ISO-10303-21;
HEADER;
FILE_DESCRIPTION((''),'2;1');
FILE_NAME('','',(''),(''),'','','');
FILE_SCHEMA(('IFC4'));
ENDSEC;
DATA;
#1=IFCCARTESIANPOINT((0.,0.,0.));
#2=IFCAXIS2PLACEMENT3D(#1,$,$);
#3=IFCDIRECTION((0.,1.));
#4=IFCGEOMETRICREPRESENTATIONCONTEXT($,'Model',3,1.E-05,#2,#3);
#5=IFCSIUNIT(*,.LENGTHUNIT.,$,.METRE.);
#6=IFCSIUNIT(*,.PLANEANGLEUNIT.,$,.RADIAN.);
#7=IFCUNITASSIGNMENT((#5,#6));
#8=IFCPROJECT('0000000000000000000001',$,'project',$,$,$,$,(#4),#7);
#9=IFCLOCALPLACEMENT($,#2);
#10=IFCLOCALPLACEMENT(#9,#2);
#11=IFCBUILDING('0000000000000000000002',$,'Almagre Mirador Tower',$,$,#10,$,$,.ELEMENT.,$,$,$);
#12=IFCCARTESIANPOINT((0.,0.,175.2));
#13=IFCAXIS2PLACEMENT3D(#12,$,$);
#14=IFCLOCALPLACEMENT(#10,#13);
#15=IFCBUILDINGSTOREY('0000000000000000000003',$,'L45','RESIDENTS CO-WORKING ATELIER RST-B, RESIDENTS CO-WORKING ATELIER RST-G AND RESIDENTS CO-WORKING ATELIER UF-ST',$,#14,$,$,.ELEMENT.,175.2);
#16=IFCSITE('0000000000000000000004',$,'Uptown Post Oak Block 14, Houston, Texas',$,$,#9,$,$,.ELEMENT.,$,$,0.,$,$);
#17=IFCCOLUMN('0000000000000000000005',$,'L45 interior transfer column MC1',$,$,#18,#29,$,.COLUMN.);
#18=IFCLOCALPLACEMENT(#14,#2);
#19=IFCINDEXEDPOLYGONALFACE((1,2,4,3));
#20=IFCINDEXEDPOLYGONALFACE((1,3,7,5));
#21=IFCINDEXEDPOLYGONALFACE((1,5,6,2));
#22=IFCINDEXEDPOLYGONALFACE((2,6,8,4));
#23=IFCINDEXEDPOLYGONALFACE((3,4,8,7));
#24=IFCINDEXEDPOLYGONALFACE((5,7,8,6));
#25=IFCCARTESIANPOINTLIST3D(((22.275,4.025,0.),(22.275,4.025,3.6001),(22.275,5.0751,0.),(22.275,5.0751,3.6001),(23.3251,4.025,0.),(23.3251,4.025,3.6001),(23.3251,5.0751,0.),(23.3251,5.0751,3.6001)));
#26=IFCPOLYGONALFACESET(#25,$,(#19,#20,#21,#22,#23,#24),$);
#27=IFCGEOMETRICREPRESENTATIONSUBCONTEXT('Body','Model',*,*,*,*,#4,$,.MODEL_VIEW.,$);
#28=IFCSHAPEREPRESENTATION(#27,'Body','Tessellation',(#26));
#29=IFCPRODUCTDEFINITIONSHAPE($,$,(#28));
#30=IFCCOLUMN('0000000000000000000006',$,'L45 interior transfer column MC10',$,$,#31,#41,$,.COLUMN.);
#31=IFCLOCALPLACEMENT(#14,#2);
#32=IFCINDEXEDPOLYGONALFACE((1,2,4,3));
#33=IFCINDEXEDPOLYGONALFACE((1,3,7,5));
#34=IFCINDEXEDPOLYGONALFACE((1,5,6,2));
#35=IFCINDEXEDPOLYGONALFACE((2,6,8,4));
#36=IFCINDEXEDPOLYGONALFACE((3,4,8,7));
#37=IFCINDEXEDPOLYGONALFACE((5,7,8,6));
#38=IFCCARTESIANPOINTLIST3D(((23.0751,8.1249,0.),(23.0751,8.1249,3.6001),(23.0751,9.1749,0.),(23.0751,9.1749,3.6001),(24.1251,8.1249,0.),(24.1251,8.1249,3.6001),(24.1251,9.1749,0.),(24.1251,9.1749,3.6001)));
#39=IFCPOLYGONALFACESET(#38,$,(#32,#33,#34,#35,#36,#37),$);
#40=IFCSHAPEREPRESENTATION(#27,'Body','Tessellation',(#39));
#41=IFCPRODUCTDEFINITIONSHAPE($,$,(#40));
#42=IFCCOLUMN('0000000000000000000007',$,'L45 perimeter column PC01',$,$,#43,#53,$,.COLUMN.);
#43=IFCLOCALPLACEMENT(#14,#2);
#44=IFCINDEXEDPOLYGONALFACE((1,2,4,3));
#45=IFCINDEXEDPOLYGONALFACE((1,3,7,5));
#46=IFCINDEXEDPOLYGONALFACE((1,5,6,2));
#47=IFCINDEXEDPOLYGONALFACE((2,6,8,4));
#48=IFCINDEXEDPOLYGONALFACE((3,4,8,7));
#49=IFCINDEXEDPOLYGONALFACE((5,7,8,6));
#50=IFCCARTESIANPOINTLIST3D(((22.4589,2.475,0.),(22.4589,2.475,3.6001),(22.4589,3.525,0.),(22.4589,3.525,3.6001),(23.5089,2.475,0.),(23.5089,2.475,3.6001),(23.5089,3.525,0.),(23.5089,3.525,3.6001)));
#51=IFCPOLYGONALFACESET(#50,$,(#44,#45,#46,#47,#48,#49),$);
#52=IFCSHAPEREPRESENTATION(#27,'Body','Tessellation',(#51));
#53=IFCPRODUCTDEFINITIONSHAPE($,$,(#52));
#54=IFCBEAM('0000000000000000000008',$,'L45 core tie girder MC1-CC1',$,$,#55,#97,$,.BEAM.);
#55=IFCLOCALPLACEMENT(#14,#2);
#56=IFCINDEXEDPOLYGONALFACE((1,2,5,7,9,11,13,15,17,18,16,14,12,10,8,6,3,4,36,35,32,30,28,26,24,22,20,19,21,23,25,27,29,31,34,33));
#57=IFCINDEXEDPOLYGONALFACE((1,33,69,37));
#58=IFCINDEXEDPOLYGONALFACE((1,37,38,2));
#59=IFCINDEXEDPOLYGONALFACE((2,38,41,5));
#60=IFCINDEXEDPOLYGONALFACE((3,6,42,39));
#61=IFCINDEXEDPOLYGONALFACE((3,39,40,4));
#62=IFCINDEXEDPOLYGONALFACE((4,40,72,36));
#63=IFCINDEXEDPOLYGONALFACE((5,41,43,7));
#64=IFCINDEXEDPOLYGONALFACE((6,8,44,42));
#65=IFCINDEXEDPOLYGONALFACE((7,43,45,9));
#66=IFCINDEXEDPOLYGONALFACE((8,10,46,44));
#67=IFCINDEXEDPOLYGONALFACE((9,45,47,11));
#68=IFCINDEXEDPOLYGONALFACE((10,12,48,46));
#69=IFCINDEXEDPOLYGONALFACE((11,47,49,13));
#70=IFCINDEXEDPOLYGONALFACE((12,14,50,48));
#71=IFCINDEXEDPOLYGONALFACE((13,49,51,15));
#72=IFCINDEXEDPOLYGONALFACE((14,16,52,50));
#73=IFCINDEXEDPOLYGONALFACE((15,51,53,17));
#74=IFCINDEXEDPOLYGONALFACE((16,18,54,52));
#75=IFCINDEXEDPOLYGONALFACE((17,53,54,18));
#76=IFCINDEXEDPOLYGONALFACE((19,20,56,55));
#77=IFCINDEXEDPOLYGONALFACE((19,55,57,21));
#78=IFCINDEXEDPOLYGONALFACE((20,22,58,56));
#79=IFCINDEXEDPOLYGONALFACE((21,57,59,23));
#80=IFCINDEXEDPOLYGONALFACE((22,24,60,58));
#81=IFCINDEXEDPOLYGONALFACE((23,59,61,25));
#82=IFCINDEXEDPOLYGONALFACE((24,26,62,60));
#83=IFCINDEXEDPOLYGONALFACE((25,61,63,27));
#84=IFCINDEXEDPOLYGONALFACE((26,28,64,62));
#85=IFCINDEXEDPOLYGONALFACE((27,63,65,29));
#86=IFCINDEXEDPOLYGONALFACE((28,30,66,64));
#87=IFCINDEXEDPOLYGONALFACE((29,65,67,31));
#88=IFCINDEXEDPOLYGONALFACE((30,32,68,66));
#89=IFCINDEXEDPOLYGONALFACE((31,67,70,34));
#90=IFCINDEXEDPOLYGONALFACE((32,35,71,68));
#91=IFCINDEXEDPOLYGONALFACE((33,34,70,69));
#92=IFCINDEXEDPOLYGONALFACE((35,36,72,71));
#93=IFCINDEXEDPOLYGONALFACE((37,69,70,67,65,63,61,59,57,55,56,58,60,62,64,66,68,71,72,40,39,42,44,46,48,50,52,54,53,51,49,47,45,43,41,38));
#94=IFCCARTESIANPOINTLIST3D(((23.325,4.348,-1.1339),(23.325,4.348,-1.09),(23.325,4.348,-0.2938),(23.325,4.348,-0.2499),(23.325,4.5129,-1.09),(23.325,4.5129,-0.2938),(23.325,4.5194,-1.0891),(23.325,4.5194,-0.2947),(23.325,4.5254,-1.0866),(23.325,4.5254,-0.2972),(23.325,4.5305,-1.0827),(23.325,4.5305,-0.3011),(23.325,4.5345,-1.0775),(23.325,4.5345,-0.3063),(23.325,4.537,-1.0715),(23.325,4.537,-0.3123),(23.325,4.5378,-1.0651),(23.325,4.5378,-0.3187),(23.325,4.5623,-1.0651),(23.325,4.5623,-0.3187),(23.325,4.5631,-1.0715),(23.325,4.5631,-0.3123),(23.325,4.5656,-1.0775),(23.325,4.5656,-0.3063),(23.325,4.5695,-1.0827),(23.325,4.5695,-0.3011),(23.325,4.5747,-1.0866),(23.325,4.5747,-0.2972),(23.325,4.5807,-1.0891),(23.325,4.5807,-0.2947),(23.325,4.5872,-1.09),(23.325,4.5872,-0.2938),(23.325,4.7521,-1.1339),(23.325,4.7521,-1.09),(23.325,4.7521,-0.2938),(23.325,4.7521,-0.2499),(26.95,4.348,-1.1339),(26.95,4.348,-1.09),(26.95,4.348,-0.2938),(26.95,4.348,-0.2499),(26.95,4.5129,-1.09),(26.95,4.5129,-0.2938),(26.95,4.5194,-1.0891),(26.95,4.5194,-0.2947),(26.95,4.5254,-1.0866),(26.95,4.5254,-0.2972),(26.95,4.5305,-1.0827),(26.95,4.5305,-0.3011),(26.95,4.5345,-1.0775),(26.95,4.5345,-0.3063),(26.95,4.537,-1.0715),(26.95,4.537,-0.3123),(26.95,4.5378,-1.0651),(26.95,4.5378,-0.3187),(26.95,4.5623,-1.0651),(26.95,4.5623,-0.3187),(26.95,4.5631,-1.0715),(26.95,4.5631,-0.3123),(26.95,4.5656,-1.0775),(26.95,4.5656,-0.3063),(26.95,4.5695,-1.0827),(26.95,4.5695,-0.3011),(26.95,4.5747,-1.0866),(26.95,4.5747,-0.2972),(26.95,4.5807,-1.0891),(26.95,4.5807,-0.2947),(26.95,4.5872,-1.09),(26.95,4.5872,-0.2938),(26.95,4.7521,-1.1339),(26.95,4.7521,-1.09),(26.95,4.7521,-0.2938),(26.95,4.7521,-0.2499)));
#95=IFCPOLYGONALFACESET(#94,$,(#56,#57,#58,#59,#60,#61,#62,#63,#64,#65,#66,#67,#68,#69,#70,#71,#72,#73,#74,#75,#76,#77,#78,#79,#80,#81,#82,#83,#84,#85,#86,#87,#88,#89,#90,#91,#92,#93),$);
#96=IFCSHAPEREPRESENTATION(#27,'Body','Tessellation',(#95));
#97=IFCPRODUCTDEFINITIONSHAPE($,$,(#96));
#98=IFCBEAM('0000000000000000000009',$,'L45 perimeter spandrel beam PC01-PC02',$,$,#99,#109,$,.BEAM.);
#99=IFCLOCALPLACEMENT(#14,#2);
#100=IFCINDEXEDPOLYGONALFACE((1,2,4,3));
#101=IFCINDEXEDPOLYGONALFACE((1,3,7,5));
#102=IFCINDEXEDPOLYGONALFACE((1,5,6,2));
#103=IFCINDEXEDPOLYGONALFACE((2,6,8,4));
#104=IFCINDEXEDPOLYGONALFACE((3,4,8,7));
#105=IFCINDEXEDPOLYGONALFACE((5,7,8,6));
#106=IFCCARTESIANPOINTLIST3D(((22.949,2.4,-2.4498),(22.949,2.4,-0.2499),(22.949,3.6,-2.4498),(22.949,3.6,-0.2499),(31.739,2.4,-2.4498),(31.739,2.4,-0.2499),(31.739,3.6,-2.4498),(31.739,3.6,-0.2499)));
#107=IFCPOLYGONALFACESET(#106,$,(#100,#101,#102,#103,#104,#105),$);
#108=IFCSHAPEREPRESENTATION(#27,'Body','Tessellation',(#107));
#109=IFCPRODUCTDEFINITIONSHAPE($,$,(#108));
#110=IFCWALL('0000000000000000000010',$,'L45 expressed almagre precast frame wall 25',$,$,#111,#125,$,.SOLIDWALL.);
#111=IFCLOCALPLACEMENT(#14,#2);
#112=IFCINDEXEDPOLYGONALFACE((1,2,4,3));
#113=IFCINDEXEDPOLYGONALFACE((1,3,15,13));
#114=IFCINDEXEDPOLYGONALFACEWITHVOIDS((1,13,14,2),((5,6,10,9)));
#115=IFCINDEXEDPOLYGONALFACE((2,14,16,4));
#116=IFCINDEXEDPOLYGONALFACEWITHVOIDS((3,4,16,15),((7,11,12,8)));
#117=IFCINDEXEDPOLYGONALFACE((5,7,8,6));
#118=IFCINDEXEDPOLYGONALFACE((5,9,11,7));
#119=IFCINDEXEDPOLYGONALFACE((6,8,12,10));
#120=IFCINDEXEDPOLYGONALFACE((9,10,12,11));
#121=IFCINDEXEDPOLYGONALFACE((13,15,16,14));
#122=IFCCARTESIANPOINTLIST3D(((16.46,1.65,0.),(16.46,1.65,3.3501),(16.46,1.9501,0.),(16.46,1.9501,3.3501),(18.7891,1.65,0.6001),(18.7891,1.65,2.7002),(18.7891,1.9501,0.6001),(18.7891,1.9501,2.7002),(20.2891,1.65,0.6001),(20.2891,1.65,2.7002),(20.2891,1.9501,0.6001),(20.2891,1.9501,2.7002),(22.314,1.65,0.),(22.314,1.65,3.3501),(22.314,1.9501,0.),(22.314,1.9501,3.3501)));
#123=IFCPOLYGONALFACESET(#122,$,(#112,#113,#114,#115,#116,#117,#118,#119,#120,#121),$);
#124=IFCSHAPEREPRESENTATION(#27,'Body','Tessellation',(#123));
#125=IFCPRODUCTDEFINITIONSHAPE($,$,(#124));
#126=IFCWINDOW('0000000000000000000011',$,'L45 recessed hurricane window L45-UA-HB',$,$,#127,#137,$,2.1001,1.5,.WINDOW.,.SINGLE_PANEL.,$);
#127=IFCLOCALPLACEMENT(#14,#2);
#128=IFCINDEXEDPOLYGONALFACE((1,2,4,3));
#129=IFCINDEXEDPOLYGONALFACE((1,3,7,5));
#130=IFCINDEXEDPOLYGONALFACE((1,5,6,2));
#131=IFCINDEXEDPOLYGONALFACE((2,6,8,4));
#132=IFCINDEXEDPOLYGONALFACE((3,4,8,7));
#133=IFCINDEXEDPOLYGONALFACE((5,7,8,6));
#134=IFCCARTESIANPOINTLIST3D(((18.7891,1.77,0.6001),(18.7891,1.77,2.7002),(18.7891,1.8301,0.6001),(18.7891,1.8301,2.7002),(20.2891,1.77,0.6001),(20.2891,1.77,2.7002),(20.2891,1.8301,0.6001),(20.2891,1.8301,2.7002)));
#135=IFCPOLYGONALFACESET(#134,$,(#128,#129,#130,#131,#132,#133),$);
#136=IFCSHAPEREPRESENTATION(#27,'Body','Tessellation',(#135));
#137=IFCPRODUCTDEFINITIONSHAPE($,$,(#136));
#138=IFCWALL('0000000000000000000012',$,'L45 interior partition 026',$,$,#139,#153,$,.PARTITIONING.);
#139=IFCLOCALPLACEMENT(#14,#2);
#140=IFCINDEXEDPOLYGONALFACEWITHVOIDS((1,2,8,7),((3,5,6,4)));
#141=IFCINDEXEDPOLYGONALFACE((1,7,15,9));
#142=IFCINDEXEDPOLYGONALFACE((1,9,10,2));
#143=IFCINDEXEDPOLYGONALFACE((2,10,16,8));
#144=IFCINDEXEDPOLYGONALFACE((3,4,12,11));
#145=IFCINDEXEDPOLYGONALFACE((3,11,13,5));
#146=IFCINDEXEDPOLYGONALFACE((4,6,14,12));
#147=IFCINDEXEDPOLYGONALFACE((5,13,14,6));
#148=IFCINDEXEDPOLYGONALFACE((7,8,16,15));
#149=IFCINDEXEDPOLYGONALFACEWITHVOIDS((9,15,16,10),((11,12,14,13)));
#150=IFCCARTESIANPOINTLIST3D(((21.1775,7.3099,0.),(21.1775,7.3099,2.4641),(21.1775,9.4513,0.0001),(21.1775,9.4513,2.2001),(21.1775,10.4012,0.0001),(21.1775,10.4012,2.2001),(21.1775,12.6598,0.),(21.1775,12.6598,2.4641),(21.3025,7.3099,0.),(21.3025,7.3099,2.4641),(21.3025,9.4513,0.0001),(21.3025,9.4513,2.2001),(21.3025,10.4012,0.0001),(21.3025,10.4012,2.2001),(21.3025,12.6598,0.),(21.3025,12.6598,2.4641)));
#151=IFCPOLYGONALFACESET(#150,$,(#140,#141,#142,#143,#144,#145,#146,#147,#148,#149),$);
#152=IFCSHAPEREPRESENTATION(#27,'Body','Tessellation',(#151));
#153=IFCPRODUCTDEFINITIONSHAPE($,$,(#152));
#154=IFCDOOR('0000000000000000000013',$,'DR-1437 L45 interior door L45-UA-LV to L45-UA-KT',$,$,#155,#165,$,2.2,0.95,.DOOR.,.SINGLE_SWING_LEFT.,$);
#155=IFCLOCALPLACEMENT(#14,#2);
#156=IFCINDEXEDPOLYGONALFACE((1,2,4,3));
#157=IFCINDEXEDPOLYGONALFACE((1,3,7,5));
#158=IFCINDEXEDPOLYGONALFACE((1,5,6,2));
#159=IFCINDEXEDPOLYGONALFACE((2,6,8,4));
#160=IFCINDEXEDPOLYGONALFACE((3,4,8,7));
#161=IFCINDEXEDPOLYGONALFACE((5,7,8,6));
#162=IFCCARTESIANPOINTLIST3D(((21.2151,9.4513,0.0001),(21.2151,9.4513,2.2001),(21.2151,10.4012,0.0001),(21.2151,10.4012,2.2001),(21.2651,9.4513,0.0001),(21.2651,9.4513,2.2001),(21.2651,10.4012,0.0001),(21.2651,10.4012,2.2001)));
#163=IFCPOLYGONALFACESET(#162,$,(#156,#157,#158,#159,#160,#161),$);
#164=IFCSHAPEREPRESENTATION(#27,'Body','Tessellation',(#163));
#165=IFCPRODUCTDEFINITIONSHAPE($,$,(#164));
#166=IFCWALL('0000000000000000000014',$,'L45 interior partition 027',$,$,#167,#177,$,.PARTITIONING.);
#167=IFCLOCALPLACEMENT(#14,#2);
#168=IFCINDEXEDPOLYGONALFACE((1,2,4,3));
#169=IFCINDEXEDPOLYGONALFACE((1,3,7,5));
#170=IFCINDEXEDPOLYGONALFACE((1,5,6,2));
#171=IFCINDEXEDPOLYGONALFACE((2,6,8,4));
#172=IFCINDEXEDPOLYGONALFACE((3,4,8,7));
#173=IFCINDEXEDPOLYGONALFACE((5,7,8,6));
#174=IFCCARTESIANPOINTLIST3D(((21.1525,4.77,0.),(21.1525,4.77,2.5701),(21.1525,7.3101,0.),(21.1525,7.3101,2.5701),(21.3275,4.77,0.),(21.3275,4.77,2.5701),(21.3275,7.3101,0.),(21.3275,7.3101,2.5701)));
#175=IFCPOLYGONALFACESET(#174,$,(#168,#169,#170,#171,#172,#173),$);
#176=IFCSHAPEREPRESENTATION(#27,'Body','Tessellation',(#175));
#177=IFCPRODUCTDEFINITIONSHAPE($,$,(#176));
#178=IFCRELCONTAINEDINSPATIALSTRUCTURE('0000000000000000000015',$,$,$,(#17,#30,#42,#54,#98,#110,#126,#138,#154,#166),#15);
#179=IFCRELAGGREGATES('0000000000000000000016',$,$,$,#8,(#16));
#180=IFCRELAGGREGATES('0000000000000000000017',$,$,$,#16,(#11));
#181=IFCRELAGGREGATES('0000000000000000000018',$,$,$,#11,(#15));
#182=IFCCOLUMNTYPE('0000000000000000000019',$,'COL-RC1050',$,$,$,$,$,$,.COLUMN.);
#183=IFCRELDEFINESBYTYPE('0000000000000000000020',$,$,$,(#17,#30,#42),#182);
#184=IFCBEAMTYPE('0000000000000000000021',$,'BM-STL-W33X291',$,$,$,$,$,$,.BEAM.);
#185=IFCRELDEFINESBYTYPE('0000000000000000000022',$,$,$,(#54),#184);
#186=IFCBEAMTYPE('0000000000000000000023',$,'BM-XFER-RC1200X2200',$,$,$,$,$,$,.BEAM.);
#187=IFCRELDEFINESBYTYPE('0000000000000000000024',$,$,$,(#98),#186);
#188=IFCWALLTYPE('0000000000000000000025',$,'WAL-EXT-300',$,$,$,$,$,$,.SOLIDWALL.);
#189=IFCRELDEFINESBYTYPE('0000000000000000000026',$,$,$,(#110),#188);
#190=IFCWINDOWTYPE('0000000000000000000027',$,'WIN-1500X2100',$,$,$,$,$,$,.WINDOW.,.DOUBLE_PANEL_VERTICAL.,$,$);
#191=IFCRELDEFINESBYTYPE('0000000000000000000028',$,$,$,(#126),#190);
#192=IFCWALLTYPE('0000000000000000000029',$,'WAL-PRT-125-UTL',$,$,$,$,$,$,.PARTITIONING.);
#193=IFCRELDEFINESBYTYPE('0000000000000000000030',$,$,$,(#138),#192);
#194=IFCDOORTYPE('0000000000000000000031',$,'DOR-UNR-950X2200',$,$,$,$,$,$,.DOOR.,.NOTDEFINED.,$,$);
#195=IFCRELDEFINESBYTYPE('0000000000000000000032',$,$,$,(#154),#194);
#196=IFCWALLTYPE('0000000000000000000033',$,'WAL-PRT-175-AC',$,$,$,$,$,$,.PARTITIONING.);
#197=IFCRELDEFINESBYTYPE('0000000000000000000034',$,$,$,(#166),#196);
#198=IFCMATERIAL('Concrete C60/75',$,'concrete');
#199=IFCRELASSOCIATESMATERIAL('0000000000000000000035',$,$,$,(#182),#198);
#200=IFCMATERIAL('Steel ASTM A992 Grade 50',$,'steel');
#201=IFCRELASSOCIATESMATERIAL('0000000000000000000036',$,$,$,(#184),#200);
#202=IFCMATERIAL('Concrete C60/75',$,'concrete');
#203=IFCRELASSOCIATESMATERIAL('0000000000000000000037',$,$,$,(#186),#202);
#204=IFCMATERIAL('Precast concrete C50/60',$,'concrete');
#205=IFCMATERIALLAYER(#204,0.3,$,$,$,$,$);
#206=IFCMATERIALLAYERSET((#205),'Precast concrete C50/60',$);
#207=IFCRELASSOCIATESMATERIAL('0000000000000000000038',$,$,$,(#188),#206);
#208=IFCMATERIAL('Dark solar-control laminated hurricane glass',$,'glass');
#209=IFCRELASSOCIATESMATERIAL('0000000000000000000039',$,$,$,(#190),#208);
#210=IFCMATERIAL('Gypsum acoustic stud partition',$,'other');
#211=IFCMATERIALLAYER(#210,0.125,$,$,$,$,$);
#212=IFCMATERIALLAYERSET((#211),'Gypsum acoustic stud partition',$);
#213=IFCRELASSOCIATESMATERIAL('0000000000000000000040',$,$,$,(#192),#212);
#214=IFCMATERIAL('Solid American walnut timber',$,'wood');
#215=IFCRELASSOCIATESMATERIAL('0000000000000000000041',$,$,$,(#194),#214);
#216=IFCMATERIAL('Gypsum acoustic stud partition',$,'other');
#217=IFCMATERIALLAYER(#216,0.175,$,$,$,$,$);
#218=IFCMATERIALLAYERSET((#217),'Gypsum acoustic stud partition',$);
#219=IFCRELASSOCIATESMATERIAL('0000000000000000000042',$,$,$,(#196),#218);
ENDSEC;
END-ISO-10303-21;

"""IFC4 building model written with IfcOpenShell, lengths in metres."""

from ifc_helpers import new_model, si_unit, direction, frame, frame_2d, origin, origin_2d, place, context, subcontext, project, spatial, rectangle, i_section, extrude, material, layer, layer_set, material_profile, profile_set, type_object, element, fill, save


model = new_model("IFC4")

# Units and contexts
model_context = context("Model", 3, precision=1e-05, world=origin(), true_north=direction((0.0, 1.0)))
body_context = subcontext(model_context, "Body", "Model", "MODEL_VIEW")
ifc_project = project(units=[si_unit("LENGTHUNIT", "METRE"), si_unit("PLANEANGLEUNIT", "RADIAN")], contexts=[model_context])

# Site, building, storey
site_placement = place(None, origin())
site = spatial("IfcSite", under=ifc_project, at=site_placement, Name="Uptown Post Oak Block 14, Houston, Texas", CompositionType="ELEMENT", RefElevation=0.0)
building_placement = place(site_placement, origin())
building = spatial("IfcBuilding", under=site, at=building_placement, Name="Almagre Mirador Tower", CompositionType="ELEMENT")
storey_placement = place(building_placement, frame((0.0, 0.0, 175.2)))
storey = spatial("IfcBuildingStorey", under=building, at=storey_placement, Name="L45", Description="RESIDENTS CO-WORKING ATELIER RST-B, RESIDENTS CO-WORKING ATELIER RST-G AND RESIDENTS CO-WORKING ATELIER UF-ST", CompositionType="ELEMENT", Elevation=175.2)

# Columns
ifc_material_1 = material(Name="Concrete C60/75", Category="concrete")
ifc_material_profile_1 = material_profile(ifc_material_1, rectangle(XDim=1.05, YDim=1.05, at=origin_2d()), Name="RC1050X1050")
ifc_profile_set_1 = profile_set([ifc_material_profile_1], Name="Concrete C60/75")
column_type = type_object("IfcColumnType", Name="COL-RC1050", PredefinedType="COLUMN", material=ifc_profile_set_1)
for number, where, z_axis, x_axis, name in (
    (1, (22.8, 4.55, 0.0), (0.0, 0.0, 1.0), (1.0, 0.0, 0.0), "L45 interior transfer column MC1"),
    (2, (23.6001, 8.6499, 0.0), (0.0, 0.0, 1.0), (1.0, 0.0, 0.0), "L45 interior transfer column MC10"),
    (3, (22.9839, 3.0, 0.0), (0.0, 0.0, 1.0), (1.0, 0.0, 0.0), "L45 perimeter column PC01"),
):
    element("IfcColumn", number, at=place(storey_placement, frame(where, z_axis=z_axis, x_axis=x_axis)), inside=storey, type_object=column_type, Name=name, PredefinedType="COLUMN", context=body_context, shape_type="SweptSolid", body=[
        extrude(rectangle(XDim=1.05, YDim=1.05, at=origin_2d()), origin(), (0.0, 0.0, 1.0), 3.6001),
    ])

# Beams
ifc_material_2 = material(Name="Steel ASTM A992 Grade 50", Category="steel")
ifc_material_profile_2 = material_profile(ifc_material_2, i_section(OverallWidth=0.4041, OverallDepth=0.884, WebThickness=0.0244, FlangeThickness=0.0439, FilletRadius=0.0249, at=origin_2d()), Name="W33X291")
ifc_profile_set_2 = profile_set([ifc_material_profile_2], Name="Steel ASTM A992 Grade 50")
beam_type_1 = type_object("IfcBeamType", Name="BM-STL-W33X291", PredefinedType="BEAM", material=ifc_profile_set_2)
beam_1_placement = place(storey_placement, frame((23.325, 4.55, -0.6919), z_axis=(1.0, 0.0, 0.0), x_axis=(0.0, 1.0, 0.0)))
element("IfcBeam", 4, at=beam_1_placement, inside=storey, type_object=beam_type_1, Name="L45 core tie girder MC1-CC1", PredefinedType="BEAM", context=body_context, shape_type="SweptSolid", body=[
    extrude(i_section(OverallWidth=0.4041, OverallDepth=0.884, WebThickness=0.0244, FlangeThickness=0.0439, FilletRadius=0.0249, at=origin_2d()), origin(), (0.0, 0.0, 1.0), 3.625),
])
ifc_material_3 = material(Name="Concrete C60/75", Category="concrete")
ifc_material_profile_3 = material_profile(ifc_material_3, rectangle(XDim=1.2, YDim=2.2, at=origin_2d()), Name="RC1200X2200")
ifc_profile_set_3 = profile_set([ifc_material_profile_3], Name="Concrete C60/75")
beam_type_2 = type_object("IfcBeamType", Name="BM-XFER-RC1200X2200", PredefinedType="BEAM", material=ifc_profile_set_3)
beam_2_placement = place(storey_placement, frame((22.949, 3.0, -1.3499), z_axis=(1.0, 0.0, 0.0), x_axis=(0.0, 1.0, 0.0)))
element("IfcBeam", 5, at=beam_2_placement, inside=storey, type_object=beam_type_2, Name="L45 perimeter spandrel beam PC01-PC02", PredefinedType="BEAM", context=body_context, shape_type="SweptSolid", body=[
    extrude(rectangle(XDim=1.2, YDim=2.2, at=origin_2d()), origin(), (0.0, 0.0, 1.0), 8.79),
])

# Wall, opening, window
ifc_material_4 = material(Name="Precast concrete C50/60", Category="concrete")
ifc_layer_1 = layer(ifc_material_4, 0.3)
ifc_layer_set_1 = layer_set([ifc_layer_1], Name="Precast concrete C50/60")
wall_type_1 = type_object("IfcWallType", Name="WAL-EXT-300", PredefinedType="SOLIDWALL", material=ifc_layer_set_1)
wall_1_placement = place(storey_placement, frame((22.314, 1.8, 0.0), z_axis=(0.0, 0.0, 1.0), x_axis=(-1.0, 0.0, 0.0)))
wall_1 = element("IfcWall", 6, at=wall_1_placement, inside=storey, type_object=wall_type_1, Name="L45 expressed almagre precast frame wall 25", PredefinedType="SOLIDWALL", context=body_context, shape_type="SweptSolid", body=[
    extrude(rectangle(XDim=5.854, YDim=0.3, at=frame_2d((2.927, 0.0))), origin(), (0.0, 0.0, 1.0), 3.3501),
])
opening_1_placement = place(wall_1_placement, frame((2.0249, 0.0, 0.6001)))
opening_1 = element("IfcOpeningElement", 7, at=opening_1_placement, cuts=wall_1, PredefinedType="OPENING", context=body_context, shape_type="SweptSolid", body=[
    extrude(rectangle(XDim=1.5, YDim=2.1001, at=frame_2d((0.75, 1.05))), frame((0.0, 0.1599, 0.0), z_axis=(0.0, -1.0, 0.0), x_axis=(1.0, 0.0, 0.0)), (0.0, 0.0, 1.0), 0.32),
])
ifc_material_5 = material(Name="Dark solar-control laminated hurricane glass", Category="glass")
window_type = type_object("IfcWindowType", Name="WIN-1500X2100", PartitioningType="DOUBLE_PANEL_VERTICAL", PredefinedType="WINDOW", material=ifc_material_5)
window_placement = place(opening_1_placement, origin())
window = element("IfcWindow", 8, at=window_placement, inside=storey, type_object=window_type, Name="L45 recessed hurricane window L45-UA-HB", OverallHeight=2.1001, OverallWidth=1.5, PartitioningType="SINGLE_PANEL", PredefinedType="WINDOW", context=body_context, shape_type="SweptSolid", body=[
    extrude(rectangle(XDim=1.5, YDim=2.1001, at=frame_2d((0.75, 1.05))), frame((0.0, 0.03, 0.0), z_axis=(0.0, -1.0, 0.0), x_axis=(1.0, 0.0, 0.0)), (0.0, 0.0, 1.0), 0.0601),
])
fill(opening_1, window)

# Wall, opening, door
ifc_material_6 = material(Name="Gypsum acoustic stud partition", Category="other")
ifc_layer_2 = layer(ifc_material_6, 0.125)
ifc_layer_set_2 = layer_set([ifc_layer_2], Name="Gypsum acoustic stud partition")
wall_type_2 = type_object("IfcWallType", Name="WAL-PRT-125-UTL", PredefinedType="PARTITIONING", material=ifc_layer_set_2)
wall_2_placement = place(storey_placement, frame((21.24, 7.3101, 0.0), z_axis=(0.0, 0.0, 1.0), x_axis=(0.0, 1.0, 0.0)))
wall_2 = element("IfcWall", 9, at=wall_2_placement, inside=storey, type_object=wall_type_2, Name="L45 interior partition 026", PredefinedType="PARTITIONING", context=body_context, shape_type="SweptSolid", body=[
    extrude(rectangle(XDim=5.3499, YDim=0.125, at=frame_2d((2.6748, 0.0))), origin(), (0.0, 0.0, 1.0), 2.4641),
])
opening_2_placement = place(wall_2_placement, frame((2.1411, 0.0, 0.0)))
opening_2 = element("IfcOpeningElement", 10, at=opening_2_placement, cuts=wall_2, PredefinedType="OPENING", context=body_context, shape_type="SweptSolid", body=[
    extrude(rectangle(XDim=0.95, YDim=2.2, at=frame_2d((0.4751, 1.1001))), frame((0.0, 0.0725, 0.0), z_axis=(0.0, -1.0, 0.0), x_axis=(1.0, 0.0, 0.0)), (0.0, 0.0, 1.0), 0.145),
])
ifc_material_7 = material(Name="Solid American walnut timber", Category="wood")
door_type_1 = type_object("IfcDoorType", Name="DOR-UNR-950X2200", OperationType="NOTDEFINED", PredefinedType="DOOR", material=ifc_material_7)
door_1_placement = place(opening_2_placement, origin())
door_1 = element("IfcDoor", 11, at=door_1_placement, inside=storey, type_object=door_type_1, Name="DR-1437 L45 interior door L45-UA-LV to L45-UA-KT", OperationType="SINGLE_SWING_LEFT", OverallHeight=2.2, OverallWidth=0.95, PredefinedType="DOOR", context=body_context, shape_type="SweptSolid", body=[
    extrude(rectangle(XDim=0.95, YDim=2.2, at=frame_2d((0.4751, 1.1001))), frame((0.0, 0.0249, 0.0), z_axis=(0.0, -1.0, 0.0), x_axis=(1.0, 0.0, 0.0)), (0.0, 0.0, 1.0), 0.05),
])
fill(opening_2, door_1)

# Wall
ifc_material_8 = material(Name="Gypsum acoustic stud partition", Category="other")
ifc_layer_3 = layer(ifc_material_8, 0.175)
ifc_layer_set_3 = layer_set([ifc_layer_3], Name="Gypsum acoustic stud partition")
wall_type_3 = type_object("IfcWallType", Name="WAL-PRT-175-AC", PredefinedType="PARTITIONING", material=ifc_layer_set_3)
wall_3_placement = place(storey_placement, frame((21.24, 4.77, 0.0), z_axis=(0.0, 0.0, 1.0), x_axis=(0.0, 1.0, 0.0)))
element("IfcWall", 12, at=wall_3_placement, inside=storey, type_object=wall_type_3, Name="L45 interior partition 027", PredefinedType="PARTITIONING", context=body_context, shape_type="SweptSolid", body=[
    extrude(rectangle(XDim=2.54, YDim=0.175, at=frame_2d((1.27, 0.0))), origin(), (0.0, 0.0, 1.0), 2.5701),
])

save(model, "model.ifc")
